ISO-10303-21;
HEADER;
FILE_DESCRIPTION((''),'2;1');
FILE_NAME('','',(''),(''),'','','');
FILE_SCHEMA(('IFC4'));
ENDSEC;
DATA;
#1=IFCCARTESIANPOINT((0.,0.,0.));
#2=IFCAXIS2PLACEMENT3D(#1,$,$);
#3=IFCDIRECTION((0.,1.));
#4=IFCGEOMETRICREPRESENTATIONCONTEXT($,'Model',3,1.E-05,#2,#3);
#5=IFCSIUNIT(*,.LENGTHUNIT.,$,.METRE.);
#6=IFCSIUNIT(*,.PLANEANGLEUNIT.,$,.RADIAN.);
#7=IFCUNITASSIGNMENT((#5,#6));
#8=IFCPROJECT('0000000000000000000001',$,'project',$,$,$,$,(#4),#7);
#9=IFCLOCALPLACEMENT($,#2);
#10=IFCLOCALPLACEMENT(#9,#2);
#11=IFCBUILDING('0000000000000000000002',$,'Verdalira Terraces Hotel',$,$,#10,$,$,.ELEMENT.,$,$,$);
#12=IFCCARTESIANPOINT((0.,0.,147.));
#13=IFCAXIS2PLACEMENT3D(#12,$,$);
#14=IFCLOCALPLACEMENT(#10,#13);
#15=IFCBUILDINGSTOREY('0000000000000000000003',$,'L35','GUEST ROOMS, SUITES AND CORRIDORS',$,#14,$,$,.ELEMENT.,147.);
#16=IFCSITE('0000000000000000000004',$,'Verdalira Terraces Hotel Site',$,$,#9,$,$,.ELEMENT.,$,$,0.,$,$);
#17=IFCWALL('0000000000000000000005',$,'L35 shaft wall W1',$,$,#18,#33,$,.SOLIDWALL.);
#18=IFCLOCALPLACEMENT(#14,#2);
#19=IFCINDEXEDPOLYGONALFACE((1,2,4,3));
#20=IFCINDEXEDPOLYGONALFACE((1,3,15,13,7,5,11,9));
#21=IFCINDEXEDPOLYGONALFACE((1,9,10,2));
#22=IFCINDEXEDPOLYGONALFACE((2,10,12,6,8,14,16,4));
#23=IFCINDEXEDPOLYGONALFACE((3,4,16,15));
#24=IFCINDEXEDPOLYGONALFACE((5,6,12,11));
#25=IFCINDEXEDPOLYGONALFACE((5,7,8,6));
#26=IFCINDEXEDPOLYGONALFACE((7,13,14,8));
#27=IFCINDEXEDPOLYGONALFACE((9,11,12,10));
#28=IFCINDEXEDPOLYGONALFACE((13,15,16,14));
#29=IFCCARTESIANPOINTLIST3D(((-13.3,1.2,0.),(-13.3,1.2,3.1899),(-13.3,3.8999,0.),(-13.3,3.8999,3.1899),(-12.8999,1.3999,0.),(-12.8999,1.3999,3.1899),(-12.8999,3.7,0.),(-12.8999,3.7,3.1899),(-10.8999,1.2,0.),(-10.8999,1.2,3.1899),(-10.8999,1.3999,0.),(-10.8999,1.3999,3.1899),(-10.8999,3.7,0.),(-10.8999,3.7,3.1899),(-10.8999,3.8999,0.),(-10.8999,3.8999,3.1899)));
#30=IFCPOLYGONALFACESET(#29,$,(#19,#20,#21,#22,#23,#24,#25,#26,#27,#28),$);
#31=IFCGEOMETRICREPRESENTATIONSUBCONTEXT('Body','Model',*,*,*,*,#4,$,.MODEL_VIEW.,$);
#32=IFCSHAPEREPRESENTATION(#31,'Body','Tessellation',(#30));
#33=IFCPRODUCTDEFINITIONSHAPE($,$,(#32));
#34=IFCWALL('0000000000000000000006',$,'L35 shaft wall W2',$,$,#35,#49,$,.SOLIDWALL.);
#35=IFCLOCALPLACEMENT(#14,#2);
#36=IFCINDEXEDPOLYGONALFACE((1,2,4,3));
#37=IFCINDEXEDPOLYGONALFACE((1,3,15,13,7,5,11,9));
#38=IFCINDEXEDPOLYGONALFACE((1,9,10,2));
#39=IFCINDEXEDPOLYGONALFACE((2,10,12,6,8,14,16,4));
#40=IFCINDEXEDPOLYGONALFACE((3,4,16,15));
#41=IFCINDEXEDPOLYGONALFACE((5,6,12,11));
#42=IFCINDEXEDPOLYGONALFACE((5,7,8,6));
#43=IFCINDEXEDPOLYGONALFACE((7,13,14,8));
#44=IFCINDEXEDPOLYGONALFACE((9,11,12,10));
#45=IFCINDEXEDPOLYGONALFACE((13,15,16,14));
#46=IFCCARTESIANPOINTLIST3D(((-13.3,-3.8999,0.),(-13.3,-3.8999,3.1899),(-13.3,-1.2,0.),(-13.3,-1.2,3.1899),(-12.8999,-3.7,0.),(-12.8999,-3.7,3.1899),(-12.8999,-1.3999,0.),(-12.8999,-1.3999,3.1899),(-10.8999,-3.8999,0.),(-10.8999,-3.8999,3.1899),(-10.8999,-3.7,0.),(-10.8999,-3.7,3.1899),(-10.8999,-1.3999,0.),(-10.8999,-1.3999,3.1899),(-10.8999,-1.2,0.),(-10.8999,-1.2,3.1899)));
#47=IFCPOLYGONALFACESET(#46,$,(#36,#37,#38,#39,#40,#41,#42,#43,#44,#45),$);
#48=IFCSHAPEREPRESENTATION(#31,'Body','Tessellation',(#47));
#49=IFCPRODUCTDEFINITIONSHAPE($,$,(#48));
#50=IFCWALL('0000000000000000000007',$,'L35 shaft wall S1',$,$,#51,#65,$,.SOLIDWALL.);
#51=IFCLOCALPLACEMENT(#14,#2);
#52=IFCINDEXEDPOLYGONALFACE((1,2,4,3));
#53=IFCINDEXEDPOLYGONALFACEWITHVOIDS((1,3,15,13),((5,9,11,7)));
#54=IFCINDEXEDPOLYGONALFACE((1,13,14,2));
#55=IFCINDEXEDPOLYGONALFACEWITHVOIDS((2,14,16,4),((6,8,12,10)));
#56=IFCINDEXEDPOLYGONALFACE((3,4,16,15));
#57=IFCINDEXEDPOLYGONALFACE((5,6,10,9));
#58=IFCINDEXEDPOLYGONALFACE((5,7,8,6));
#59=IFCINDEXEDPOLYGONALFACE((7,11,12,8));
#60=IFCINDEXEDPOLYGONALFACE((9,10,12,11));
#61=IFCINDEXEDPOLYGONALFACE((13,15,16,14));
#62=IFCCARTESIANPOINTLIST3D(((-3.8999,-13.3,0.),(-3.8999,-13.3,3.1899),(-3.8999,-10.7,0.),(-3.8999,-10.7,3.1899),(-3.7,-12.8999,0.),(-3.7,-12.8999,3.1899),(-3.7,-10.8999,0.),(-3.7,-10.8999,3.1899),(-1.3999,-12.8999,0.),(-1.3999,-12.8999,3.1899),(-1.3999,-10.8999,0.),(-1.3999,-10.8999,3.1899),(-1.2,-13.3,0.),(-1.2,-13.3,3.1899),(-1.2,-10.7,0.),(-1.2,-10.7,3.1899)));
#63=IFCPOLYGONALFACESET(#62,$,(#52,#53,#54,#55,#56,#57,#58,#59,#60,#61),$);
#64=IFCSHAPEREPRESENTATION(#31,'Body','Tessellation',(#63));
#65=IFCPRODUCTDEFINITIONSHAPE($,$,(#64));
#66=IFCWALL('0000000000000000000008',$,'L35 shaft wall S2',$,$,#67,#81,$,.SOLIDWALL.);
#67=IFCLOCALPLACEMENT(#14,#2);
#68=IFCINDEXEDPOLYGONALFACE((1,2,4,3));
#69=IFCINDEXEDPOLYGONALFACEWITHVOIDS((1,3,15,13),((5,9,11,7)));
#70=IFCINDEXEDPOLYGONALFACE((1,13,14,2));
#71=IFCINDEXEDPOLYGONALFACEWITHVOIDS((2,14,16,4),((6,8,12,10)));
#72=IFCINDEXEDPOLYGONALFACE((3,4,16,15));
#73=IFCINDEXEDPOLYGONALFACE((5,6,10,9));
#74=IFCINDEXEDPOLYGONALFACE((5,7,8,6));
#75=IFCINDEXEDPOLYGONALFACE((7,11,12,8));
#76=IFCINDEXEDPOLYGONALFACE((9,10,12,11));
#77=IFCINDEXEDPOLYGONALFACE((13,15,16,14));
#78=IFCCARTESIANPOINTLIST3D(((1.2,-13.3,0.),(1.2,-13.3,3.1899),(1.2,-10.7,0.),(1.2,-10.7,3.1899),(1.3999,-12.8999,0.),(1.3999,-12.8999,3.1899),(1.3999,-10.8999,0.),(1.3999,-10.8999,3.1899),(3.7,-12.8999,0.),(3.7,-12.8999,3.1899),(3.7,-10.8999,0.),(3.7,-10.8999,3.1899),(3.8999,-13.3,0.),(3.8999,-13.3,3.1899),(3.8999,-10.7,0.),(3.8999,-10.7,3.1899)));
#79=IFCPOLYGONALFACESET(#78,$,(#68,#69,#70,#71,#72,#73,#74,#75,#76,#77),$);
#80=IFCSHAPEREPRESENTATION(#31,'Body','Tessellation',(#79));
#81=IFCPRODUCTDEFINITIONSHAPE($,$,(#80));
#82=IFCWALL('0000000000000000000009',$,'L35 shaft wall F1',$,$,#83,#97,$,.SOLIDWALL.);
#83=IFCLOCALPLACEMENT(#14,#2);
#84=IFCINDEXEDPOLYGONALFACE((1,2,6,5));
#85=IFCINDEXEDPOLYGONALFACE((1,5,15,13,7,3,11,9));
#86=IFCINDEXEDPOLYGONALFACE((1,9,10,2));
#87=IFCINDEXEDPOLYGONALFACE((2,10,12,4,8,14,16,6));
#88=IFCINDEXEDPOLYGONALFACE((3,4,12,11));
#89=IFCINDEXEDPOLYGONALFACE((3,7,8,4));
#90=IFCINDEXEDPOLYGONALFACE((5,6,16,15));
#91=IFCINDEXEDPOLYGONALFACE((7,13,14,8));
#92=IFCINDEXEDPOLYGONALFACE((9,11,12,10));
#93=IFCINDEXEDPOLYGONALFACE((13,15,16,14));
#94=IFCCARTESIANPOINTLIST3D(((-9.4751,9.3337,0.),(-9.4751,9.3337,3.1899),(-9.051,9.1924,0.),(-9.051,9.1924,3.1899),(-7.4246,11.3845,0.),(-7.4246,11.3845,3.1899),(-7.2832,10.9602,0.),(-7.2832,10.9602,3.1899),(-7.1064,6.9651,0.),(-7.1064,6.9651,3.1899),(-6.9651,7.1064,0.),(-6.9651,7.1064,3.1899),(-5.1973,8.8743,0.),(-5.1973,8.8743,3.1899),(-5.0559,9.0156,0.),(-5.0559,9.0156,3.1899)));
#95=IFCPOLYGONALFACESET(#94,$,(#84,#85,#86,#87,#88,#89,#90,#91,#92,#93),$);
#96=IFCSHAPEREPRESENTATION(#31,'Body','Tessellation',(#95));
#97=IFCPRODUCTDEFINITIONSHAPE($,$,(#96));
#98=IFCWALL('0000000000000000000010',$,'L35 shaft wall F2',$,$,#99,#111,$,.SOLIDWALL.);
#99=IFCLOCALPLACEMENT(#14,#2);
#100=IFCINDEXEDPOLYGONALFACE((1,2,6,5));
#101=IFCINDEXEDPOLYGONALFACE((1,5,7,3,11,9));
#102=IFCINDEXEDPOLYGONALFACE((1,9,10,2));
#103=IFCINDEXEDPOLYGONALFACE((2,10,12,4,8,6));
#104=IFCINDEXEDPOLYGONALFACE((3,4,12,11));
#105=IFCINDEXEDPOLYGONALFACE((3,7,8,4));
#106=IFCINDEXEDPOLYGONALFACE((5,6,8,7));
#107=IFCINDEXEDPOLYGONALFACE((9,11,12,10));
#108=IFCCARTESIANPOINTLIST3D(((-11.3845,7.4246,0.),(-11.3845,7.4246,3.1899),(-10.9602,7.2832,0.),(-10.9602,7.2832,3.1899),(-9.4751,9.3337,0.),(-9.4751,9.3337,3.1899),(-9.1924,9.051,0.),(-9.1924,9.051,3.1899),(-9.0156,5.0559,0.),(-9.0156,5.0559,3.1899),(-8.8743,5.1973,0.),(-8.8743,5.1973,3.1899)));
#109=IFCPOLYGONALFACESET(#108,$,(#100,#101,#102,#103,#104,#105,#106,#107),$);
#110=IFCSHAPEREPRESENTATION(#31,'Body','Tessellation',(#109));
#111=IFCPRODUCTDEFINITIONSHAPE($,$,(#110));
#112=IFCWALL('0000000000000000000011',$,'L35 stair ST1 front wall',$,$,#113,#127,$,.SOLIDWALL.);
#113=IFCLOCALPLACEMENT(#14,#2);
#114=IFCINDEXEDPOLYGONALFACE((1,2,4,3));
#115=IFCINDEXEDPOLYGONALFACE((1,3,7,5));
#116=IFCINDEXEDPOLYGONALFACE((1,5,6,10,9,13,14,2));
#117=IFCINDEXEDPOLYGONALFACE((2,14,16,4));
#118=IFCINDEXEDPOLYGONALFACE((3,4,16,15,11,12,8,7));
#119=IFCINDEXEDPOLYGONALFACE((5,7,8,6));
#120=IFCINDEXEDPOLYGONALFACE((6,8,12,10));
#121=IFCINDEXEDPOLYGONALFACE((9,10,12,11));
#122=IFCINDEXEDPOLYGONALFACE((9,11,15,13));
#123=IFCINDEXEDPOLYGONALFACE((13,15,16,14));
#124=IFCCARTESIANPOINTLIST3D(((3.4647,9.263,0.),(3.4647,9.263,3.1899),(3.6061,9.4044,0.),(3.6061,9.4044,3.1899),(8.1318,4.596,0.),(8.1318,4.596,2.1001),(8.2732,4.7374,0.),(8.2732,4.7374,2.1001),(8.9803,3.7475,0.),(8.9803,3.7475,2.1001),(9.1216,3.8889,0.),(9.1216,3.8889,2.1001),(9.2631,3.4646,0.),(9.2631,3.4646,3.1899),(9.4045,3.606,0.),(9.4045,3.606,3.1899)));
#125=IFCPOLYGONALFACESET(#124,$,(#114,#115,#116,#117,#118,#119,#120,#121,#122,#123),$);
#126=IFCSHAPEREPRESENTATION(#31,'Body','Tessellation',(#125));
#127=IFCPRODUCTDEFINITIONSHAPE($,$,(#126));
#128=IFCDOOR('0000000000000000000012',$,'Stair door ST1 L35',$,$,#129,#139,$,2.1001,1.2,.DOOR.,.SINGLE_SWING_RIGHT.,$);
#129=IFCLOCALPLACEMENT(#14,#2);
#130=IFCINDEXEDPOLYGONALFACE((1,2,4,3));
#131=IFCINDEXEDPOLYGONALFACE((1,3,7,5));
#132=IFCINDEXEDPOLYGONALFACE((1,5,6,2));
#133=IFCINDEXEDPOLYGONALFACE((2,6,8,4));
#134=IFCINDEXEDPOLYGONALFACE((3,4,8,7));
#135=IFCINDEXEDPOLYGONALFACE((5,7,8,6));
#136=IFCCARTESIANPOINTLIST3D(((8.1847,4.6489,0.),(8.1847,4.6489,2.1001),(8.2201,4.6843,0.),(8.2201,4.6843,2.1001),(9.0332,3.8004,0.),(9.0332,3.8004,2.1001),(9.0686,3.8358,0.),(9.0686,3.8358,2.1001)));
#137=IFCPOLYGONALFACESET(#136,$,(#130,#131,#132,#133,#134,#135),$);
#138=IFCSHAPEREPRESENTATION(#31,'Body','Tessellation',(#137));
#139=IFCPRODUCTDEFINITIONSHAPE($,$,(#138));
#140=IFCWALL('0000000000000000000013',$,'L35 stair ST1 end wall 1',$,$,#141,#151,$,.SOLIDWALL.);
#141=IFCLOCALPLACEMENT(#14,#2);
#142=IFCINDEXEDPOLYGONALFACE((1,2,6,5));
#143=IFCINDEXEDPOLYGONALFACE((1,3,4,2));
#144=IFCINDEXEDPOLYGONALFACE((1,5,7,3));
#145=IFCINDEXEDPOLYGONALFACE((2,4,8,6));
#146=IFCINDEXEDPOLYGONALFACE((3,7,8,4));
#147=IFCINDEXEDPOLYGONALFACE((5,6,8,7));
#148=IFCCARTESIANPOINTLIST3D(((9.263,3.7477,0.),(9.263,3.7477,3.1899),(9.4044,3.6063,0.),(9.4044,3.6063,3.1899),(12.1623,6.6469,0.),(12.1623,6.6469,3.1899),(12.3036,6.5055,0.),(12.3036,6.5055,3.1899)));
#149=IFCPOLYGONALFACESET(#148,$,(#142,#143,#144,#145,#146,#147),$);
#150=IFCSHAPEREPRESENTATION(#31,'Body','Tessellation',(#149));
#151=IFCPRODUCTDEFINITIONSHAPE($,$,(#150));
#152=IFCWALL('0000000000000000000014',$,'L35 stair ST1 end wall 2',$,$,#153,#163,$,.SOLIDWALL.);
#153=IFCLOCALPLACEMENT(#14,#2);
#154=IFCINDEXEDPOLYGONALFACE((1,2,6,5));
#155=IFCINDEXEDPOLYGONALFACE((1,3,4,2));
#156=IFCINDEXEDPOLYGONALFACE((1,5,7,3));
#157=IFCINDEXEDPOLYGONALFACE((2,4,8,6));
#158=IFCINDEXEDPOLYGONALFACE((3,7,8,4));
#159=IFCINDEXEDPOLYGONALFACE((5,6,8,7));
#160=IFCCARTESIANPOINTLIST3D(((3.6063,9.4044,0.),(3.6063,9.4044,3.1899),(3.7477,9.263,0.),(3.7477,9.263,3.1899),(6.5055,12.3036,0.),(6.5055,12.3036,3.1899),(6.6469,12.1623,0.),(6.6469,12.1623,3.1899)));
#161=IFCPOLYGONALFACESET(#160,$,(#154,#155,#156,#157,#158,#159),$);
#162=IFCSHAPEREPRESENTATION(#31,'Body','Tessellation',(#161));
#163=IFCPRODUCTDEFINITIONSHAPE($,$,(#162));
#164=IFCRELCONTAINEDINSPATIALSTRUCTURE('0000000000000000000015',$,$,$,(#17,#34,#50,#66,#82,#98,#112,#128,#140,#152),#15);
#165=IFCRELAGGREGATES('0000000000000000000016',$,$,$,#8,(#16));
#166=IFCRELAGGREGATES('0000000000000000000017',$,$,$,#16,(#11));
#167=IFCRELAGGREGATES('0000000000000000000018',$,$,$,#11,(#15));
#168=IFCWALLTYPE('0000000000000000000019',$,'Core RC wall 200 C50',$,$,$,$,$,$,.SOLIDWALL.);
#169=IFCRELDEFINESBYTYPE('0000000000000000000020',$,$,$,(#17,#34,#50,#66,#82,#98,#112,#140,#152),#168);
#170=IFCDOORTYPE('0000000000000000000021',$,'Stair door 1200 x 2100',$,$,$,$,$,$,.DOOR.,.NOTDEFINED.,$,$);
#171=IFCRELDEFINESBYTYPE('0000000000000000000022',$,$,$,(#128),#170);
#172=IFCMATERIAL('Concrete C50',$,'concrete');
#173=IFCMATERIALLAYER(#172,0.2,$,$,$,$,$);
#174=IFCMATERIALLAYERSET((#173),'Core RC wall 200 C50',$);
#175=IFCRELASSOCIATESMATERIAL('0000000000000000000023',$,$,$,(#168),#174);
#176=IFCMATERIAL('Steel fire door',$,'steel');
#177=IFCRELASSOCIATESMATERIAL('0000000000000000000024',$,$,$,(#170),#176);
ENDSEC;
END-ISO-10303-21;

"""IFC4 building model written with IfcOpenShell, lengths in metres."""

from ifc_helpers import new_model, si_unit, direction, frame, frame_2d, origin, place, context, subcontext, project, spatial, polyline, rectangle, outline, extrude, material, layer, layer_set, type_object, element, fill, save


model = new_model("IFC4")

# Units and contexts
model_context = context("Model", 3, precision=1e-05, world=origin(), true_north=direction((0.0, 1.0)))
body_context = subcontext(model_context, "Body", "Model", "MODEL_VIEW")
ifc_project = project(units=[si_unit("LENGTHUNIT", "METRE"), si_unit("PLANEANGLEUNIT", "RADIAN")], contexts=[model_context])

# Site, building, storey
site_placement = place(None, origin())
site = spatial("IfcSite", under=ifc_project, at=site_placement, Name="Verdalira Terraces Hotel Site", CompositionType="ELEMENT", RefElevation=0.0)
building_placement = place(site_placement, origin())
building = spatial("IfcBuilding", under=site, at=building_placement, Name="Verdalira Terraces Hotel", CompositionType="ELEMENT")
storey_placement = place(building_placement, frame((0.0, 0.0, 147.0)))
storey = spatial("IfcBuildingStorey", under=building, at=storey_placement, Name="L35", Description="GUEST ROOMS, SUITES AND CORRIDORS", CompositionType="ELEMENT", Elevation=147.0)

# Shared definitions
ifc_material_1 = material(Name="Concrete C50", Category="concrete")
ifc_layer_1 = layer(ifc_material_1, 0.2)
ifc_layer_set_1 = layer_set([ifc_layer_1], Name="Core RC wall 200 C50")
wall_type_1 = type_object("IfcWallType", Name="Core RC wall 200 C50", PredefinedType="SOLIDWALL", material=ifc_layer_set_1)

# Walls
wall_1_placement = place(storey_placement, origin())
element("IfcWall", 1, at=wall_1_placement, inside=storey, type_object=wall_type_1, Name="L35 shaft wall W1", PredefinedType="SOLIDWALL", context=body_context, shape_type="SweptSolid", body=[
    extrude(outline(polyline([(-13.3, 3.8999), (-10.8999, 3.8999), (-10.8999, 3.7), (-12.8999, 3.7), (-12.8999, 1.3999), (-10.8999, 1.3999), (-10.8999, 1.2), (-13.3, 1.2), (-13.3, 3.8999)])), origin(), (0.0, 0.0, 1.0), 3.1899),
])
wall_2_placement = place(storey_placement, origin())
element("IfcWall", 2, at=wall_2_placement, inside=storey, type_object=wall_type_1, Name="L35 shaft wall W2", PredefinedType="SOLIDWALL", context=body_context, shape_type="SweptSolid", body=[
    extrude(outline(polyline([(-13.3, -3.8999), (-13.3, -1.2), (-10.8999, -1.2), (-10.8999, -1.3999), (-12.8999, -1.3999), (-12.8999, -3.7), (-10.8999, -3.7), (-10.8999, -3.8999), (-13.3, -3.8999)])), origin(), (0.0, 0.0, 1.0), 3.1899),
])
wall_3_placement = place(storey_placement, origin())
element("IfcWall", 3, at=wall_3_placement, inside=storey, type_object=wall_type_1, Name="L35 shaft wall S1", PredefinedType="SOLIDWALL", context=body_context, shape_type="SweptSolid", body=[
    extrude(outline(polyline([(-1.2, -13.3), (-3.8999, -13.3), (-3.8999, -10.7), (-1.2, -10.7), (-1.2, -13.3)]), holes=[polyline([(-3.7, -10.8999), (-3.7, -12.8999), (-1.3999, -12.8999), (-1.3999, -10.8999), (-3.7, -10.8999)])]), origin(), (0.0, 0.0, 1.0), 3.1899),
])
wall_4_placement = place(storey_placement, origin())
element("IfcWall", 4, at=wall_4_placement, inside=storey, type_object=wall_type_1, Name="L35 shaft wall S2", PredefinedType="SOLIDWALL", context=body_context, shape_type="SweptSolid", body=[
    extrude(outline(polyline([(3.8999, -10.7), (3.8999, -13.3), (1.2, -13.3), (1.2, -10.7), (3.8999, -10.7)]), holes=[polyline([(1.3999, -12.8999), (3.7, -12.8999), (3.7, -10.8999), (1.3999, -10.8999), (1.3999, -12.8999)])]), origin(), (0.0, 0.0, 1.0), 3.1899),
])
wall_5_placement = place(storey_placement, origin())
element("IfcWall", 5, at=wall_5_placement, inside=storey, type_object=wall_type_1, Name="L35 shaft wall F1", PredefinedType="SOLIDWALL", context=body_context, shape_type="SweptSolid", body=[
    extrude(outline(polyline([(-9.4751, 9.3337), (-7.4246, 11.3845), (-5.0559, 9.0156), (-5.1973, 8.8743), (-7.2832, 10.9602), (-9.051, 9.1924), (-6.9651, 7.1064), (-7.1064, 6.9651), (-9.4751, 9.3337)])), origin(), (0.0, 0.0, 1.0), 3.1899),
])
wall_6_placement = place(storey_placement, origin())
element("IfcWall", 6, at=wall_6_placement, inside=storey, type_object=wall_type_1, Name="L35 shaft wall F2", PredefinedType="SOLIDWALL", context=body_context, shape_type="SweptSolid", body=[
    extrude(outline(polyline([(-11.3845, 7.4246), (-9.4751, 9.3337), (-9.1924, 9.051), (-10.9602, 7.2832), (-8.8743, 5.1973), (-9.0156, 5.0559), (-11.3845, 7.4246)])), origin(), (0.0, 0.0, 1.0), 3.1899),
])

# Wall, opening, door
wall_7_placement = place(storey_placement, frame((3.5354, 9.3337, 0.0), z_axis=(0.0, 0.0, 1.0), x_axis=(0.707107, -0.707107, 0.0)))
wall_7 = element("IfcWall", 7, at=wall_7_placement, inside=storey, type_object=wall_type_1, Name="L35 stair ST1 front wall", PredefinedType="SOLIDWALL", context=body_context, shape_type="SweptSolid", body=[
    extrude(rectangle(XDim=8.2002, YDim=0.2, at=frame_2d((4.1001, 0.0))), origin(), (0.0, 0.0, 1.0), 3.1899),
])
opening_1_placement = place(wall_7_placement, frame((6.6001, 0.0, 0.0)))
opening_1 = element("IfcOpeningElement", 8, at=opening_1_placement, cuts=wall_7, PredefinedType="OPENING", context=body_context, shape_type="SweptSolid", body=[
    extrude(rectangle(XDim=1.2, YDim=2.1001, at=frame_2d((0.6001, 1.05))), frame((0.0, 0.1099, 0.0), z_axis=(0.0, -1.0, 0.0), x_axis=(1.0, 0.0, 0.0)), (0.0, 0.0, 1.0), 0.22),
])
ifc_material_2 = material(Name="Steel fire door", Category="steel")
door_type_1 = type_object("IfcDoorType", Name="Stair door 1200 x 2100", OperationType="NOTDEFINED", PredefinedType="DOOR", material=ifc_material_2)
door_1_placement = place(opening_1_placement, origin())
door_1 = element("IfcDoor", 9, at=door_1_placement, inside=storey, type_object=door_type_1, Name="Stair door ST1 L35", OperationType="SINGLE_SWING_RIGHT", OverallHeight=2.1001, OverallWidth=1.2, PredefinedType="DOOR", context=body_context, shape_type="SweptSolid", body=[
    extrude(rectangle(XDim=1.2, YDim=2.1001, at=frame_2d((0.6001, 1.05))), frame((0.0, 0.0249, 0.0), z_axis=(0.0, -1.0, 0.0), x_axis=(1.0, 0.0, 0.0)), (0.0, 0.0, 1.0), 0.05),
])
fill(opening_1, door_1)

# Walls
for number, where, z_axis, x_axis, name in (
    (10, (9.3337, 3.677, 0.0), (0.0, 0.0, 1.0), (0.707107, 0.707107, 0.0), "L35 stair ST1 end wall 1"),
    (11, (3.677, 9.3337, 0.0), (0.0, 0.0, 1.0), (0.707107, 0.707107, 0.0), "L35 stair ST1 end wall 2"),
):
    element("IfcWall", number, at=place(storey_placement, frame(where, z_axis=z_axis, x_axis=x_axis)), inside=storey, type_object=wall_type_1, Name=name, PredefinedType="SOLIDWALL", context=body_context, shape_type="SweptSolid", body=[
        extrude(rectangle(XDim=4.1001, YDim=0.2, at=frame_2d((2.05, 0.0))), origin(), (0.0, 0.0, 1.0), 3.1899),
    ])

save(model, "model.ifc")
